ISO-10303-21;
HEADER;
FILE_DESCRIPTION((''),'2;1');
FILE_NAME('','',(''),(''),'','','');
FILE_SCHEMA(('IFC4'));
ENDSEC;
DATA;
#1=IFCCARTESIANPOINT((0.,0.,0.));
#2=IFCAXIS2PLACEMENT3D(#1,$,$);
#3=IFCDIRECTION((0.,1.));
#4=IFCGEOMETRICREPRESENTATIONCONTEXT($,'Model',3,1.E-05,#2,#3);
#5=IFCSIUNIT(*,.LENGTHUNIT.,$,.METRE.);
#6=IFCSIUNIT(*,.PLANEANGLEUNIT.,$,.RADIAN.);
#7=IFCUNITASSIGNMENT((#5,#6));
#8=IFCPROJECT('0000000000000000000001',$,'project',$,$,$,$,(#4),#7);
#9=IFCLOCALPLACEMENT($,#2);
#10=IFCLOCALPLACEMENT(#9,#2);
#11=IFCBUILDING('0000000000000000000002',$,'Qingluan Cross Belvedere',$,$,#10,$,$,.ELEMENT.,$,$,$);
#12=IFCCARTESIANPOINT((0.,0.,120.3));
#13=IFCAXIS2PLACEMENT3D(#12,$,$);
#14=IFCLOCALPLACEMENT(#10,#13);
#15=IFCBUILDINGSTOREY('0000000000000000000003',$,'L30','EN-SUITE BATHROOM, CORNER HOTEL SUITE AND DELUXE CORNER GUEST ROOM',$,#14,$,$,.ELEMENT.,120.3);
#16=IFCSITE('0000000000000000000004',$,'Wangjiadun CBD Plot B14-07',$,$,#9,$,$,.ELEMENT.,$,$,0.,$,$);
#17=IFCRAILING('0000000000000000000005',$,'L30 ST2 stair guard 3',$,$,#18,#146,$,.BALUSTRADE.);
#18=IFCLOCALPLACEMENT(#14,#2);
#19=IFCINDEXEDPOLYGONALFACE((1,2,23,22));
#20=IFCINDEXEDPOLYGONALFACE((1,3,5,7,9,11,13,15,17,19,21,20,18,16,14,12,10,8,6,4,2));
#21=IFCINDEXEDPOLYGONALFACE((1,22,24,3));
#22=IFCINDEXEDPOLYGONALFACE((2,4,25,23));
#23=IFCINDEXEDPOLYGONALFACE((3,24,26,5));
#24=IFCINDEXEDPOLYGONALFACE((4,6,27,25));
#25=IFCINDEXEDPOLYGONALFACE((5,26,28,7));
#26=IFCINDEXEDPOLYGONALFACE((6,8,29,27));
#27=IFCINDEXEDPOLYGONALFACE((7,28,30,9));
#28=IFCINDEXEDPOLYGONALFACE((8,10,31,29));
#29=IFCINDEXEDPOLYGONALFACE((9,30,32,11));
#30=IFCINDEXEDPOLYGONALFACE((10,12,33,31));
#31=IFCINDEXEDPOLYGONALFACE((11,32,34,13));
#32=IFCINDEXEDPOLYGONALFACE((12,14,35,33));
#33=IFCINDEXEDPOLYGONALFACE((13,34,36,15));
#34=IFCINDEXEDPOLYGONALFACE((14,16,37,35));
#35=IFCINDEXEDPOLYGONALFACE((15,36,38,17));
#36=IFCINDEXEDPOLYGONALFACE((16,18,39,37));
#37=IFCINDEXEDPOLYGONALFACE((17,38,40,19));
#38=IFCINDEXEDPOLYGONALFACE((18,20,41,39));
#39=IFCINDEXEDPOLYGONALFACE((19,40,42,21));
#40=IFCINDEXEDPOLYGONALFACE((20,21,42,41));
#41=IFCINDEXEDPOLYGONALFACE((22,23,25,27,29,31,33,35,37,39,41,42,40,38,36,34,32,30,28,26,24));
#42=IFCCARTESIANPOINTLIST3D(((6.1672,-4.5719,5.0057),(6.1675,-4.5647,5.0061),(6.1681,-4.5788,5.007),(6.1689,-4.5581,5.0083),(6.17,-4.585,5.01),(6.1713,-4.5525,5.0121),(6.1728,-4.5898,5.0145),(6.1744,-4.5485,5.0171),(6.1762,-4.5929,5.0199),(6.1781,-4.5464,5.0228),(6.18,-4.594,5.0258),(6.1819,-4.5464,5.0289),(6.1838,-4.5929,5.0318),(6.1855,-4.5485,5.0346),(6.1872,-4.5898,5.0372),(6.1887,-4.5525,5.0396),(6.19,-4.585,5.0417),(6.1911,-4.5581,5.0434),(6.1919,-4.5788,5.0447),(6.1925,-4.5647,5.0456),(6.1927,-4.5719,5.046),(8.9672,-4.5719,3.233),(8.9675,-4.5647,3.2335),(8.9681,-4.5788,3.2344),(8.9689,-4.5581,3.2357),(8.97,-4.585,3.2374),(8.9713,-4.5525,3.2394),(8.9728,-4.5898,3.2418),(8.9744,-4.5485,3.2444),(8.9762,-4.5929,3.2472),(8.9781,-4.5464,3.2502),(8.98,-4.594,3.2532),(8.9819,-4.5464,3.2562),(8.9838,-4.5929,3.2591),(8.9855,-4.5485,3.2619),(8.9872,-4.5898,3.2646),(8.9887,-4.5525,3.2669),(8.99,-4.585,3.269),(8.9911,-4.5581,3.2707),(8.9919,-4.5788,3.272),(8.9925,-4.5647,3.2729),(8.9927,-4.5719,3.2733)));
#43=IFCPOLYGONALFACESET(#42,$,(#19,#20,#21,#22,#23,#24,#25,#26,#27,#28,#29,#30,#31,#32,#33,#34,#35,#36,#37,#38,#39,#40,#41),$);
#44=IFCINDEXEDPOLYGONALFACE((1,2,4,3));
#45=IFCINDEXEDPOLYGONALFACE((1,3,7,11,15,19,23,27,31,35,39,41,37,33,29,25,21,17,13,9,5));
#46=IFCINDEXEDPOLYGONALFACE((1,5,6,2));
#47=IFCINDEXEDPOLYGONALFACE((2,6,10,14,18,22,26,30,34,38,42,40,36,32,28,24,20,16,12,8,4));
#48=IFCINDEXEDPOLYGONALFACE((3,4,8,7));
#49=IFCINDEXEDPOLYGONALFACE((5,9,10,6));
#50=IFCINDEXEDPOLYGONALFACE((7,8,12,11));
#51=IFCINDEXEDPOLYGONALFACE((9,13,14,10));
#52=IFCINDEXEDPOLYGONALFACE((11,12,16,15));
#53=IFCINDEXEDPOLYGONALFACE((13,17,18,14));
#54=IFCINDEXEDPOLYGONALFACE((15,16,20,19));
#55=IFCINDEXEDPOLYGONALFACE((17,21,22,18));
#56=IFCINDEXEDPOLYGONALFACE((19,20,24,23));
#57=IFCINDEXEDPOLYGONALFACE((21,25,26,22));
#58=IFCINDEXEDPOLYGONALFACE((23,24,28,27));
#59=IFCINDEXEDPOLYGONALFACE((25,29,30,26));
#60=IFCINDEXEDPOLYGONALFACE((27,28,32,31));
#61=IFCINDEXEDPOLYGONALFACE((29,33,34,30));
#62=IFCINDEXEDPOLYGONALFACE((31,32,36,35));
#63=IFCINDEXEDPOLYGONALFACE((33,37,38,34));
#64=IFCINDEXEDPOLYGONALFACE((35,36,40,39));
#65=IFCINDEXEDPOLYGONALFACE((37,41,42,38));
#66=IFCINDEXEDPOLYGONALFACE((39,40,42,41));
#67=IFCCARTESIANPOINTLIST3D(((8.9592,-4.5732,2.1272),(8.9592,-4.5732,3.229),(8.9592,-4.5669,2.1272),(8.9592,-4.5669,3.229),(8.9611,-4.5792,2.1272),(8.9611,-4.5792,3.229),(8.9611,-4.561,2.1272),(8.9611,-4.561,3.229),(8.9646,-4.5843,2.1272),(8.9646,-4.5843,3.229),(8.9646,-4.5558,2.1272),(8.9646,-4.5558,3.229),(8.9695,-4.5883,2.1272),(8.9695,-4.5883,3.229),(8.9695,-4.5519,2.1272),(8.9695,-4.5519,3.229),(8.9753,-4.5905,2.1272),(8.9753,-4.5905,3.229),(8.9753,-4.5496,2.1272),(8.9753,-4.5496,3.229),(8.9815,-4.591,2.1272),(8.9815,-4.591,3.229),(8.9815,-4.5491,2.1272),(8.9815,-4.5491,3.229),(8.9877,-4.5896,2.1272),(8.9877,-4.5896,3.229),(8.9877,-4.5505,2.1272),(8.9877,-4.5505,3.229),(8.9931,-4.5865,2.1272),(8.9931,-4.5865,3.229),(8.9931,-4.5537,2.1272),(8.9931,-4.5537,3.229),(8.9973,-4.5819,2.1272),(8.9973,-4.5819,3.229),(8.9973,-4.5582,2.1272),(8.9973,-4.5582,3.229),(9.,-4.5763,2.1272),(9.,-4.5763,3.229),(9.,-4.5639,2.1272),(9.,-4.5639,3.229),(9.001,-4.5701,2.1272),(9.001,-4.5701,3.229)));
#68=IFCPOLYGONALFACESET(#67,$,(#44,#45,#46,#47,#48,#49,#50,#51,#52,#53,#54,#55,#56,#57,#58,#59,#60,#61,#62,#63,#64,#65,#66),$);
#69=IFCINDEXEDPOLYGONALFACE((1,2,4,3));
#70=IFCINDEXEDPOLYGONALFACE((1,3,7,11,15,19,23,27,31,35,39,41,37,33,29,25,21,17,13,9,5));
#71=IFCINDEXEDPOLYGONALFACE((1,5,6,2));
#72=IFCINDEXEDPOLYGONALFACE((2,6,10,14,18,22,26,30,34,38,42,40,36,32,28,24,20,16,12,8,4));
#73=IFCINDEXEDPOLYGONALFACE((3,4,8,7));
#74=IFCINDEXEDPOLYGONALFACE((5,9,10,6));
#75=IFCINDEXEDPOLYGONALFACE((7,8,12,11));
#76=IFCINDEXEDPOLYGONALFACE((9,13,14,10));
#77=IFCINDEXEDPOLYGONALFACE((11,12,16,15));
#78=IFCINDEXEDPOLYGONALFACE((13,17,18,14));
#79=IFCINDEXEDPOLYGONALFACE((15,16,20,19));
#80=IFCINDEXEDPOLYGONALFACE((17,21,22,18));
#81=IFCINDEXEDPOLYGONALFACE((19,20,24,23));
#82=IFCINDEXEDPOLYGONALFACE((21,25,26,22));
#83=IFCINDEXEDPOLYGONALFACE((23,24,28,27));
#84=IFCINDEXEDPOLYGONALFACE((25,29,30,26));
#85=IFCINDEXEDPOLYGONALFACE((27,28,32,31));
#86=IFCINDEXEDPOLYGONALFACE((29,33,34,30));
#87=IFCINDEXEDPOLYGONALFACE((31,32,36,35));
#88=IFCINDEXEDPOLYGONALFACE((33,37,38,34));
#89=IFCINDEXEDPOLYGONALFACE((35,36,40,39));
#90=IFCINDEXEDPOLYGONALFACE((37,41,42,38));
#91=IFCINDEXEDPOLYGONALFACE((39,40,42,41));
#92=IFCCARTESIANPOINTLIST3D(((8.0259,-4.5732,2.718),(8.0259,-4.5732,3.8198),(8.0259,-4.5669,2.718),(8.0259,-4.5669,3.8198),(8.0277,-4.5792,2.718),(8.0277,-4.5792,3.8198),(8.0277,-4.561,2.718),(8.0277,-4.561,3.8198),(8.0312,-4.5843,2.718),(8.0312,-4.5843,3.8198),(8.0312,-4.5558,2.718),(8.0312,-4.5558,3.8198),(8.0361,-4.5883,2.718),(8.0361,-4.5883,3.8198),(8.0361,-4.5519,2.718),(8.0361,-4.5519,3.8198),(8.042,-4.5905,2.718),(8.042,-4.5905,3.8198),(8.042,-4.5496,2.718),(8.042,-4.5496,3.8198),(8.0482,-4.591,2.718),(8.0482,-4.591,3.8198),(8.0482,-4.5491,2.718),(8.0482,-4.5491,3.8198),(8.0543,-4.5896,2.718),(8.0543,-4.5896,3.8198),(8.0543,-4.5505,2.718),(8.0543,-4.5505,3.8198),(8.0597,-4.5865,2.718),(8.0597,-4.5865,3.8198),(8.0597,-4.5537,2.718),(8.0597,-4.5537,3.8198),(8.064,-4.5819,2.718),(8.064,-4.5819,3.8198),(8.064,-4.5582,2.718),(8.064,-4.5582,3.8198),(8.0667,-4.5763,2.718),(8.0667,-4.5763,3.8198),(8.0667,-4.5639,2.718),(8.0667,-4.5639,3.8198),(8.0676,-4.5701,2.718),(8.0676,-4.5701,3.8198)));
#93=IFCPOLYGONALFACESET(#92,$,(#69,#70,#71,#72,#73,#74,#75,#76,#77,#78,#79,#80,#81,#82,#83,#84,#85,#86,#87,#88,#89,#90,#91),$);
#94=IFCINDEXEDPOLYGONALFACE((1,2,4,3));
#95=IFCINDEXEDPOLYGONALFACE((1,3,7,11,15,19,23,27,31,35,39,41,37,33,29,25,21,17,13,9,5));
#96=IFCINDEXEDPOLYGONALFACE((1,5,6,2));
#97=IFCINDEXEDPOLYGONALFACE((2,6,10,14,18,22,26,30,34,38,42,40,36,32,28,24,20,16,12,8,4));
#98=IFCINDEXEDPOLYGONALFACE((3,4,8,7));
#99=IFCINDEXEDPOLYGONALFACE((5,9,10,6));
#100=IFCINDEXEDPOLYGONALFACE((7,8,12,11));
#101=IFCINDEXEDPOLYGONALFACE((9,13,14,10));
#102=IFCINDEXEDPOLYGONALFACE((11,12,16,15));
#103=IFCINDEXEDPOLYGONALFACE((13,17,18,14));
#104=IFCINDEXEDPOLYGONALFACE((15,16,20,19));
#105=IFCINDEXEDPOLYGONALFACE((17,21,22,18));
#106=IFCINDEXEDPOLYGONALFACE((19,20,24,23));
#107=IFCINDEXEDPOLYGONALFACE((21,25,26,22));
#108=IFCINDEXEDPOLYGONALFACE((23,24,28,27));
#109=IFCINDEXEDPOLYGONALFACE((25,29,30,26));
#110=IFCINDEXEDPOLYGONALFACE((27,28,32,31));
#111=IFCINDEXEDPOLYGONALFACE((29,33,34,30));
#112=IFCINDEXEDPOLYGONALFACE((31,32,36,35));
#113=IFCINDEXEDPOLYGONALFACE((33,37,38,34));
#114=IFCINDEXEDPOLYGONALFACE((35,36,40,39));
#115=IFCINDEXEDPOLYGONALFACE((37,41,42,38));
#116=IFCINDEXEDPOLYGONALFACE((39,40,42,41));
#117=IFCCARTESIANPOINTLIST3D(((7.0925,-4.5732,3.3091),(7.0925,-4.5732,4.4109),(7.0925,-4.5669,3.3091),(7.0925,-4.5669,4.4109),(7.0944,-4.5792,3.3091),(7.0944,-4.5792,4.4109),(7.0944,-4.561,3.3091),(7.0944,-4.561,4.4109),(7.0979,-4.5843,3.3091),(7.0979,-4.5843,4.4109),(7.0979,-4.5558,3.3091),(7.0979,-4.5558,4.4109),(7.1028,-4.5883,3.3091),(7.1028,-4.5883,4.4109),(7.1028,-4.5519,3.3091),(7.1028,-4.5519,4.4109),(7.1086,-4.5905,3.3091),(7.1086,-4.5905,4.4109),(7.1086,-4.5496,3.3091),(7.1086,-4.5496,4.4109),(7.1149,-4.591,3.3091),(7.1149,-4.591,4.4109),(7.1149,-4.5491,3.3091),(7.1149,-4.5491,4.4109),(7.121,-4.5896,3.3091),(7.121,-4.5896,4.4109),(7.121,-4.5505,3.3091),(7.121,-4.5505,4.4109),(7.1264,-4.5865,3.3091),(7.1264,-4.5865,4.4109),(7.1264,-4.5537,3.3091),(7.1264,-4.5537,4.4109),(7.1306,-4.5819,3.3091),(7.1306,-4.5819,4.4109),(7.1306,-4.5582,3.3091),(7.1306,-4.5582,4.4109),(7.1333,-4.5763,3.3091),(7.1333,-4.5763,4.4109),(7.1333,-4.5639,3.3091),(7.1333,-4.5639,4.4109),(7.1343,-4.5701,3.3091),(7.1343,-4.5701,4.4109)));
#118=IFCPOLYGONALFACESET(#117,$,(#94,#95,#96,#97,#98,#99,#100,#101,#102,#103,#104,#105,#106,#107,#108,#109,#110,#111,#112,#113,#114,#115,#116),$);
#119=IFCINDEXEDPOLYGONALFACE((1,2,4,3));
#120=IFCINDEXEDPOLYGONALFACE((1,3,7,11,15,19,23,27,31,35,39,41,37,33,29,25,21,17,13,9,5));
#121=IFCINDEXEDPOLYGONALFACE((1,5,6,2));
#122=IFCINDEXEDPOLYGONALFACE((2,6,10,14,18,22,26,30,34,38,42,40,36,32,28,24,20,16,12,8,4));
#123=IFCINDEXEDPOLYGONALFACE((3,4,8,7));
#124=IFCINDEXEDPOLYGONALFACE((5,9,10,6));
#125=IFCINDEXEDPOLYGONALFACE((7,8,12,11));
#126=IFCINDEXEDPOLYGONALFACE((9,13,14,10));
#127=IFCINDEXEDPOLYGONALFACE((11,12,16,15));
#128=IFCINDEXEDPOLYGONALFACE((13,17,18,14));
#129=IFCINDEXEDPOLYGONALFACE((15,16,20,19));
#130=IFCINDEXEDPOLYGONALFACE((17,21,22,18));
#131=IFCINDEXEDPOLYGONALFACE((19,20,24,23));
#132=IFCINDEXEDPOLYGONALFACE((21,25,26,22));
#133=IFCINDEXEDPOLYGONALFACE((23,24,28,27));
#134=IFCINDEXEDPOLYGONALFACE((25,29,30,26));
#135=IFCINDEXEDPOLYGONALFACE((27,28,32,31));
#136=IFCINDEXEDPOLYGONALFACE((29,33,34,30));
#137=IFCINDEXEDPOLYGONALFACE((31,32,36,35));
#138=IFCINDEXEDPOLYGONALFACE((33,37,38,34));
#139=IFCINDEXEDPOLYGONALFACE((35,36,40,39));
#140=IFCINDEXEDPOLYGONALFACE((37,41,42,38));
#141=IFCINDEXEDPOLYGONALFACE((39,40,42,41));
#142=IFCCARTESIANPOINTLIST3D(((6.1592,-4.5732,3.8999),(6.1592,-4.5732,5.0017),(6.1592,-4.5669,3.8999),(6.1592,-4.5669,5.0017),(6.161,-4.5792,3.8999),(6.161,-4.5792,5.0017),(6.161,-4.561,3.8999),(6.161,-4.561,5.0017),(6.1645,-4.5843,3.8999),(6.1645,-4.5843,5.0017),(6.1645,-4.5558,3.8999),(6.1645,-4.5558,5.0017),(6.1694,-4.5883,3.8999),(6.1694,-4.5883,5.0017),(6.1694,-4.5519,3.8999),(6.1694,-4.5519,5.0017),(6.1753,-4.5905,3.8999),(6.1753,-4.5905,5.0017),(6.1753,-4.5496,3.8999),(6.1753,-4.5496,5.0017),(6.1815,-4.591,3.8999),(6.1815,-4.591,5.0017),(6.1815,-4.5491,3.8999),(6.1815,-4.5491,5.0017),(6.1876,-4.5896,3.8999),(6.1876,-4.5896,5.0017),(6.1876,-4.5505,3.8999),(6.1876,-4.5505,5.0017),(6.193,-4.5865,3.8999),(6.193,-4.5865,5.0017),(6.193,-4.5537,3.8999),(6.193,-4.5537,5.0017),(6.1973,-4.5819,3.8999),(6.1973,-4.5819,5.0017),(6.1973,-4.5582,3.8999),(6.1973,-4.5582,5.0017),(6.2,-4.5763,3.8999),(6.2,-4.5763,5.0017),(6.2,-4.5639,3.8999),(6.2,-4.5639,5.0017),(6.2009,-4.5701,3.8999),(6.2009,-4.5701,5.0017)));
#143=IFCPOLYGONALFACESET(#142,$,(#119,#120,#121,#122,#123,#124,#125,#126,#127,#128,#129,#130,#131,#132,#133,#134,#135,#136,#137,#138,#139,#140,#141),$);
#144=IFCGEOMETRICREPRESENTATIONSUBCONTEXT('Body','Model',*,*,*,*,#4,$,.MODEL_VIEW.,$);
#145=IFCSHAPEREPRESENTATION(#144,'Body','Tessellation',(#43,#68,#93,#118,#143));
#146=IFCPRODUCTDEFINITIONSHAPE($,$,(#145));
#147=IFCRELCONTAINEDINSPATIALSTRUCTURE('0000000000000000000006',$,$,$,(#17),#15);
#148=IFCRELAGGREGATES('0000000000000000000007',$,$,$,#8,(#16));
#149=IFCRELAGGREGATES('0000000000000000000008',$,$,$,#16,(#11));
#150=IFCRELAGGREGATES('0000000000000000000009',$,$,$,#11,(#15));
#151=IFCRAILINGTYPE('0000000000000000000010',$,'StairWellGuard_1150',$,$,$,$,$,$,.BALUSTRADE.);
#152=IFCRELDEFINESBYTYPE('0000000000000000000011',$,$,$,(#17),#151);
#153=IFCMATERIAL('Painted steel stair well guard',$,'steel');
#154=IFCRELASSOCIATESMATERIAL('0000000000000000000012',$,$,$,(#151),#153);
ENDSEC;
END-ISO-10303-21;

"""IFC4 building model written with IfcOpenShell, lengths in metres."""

from ifc_helpers import new_model, si_unit, direction, frame, origin, origin_2d, place, context, subcontext, project, spatial, circle, extrude, material, type_object, element, save


model = new_model("IFC4")

# Units and contexts
model_context = context("Model", 3, precision=1e-05, world=origin(), true_north=direction((0.0, 1.0)))
body_context = subcontext(model_context, "Body", "Model", "MODEL_VIEW")
ifc_project = project(units=[si_unit("LENGTHUNIT", "METRE"), si_unit("PLANEANGLEUNIT", "RADIAN")], contexts=[model_context])

# Site, building, storey
site_placement = place(None, origin())
site = spatial("IfcSite", under=ifc_project, at=site_placement, Name="Wangjiadun CBD Plot B14-07", CompositionType="ELEMENT", RefElevation=0.0)
building_placement = place(site_placement, origin())
building = spatial("IfcBuilding", under=site, at=building_placement, Name="Qingluan Cross Belvedere", CompositionType="ELEMENT")
storey_placement = place(building_placement, frame((0.0, 0.0, 120.3)))
storey = spatial("IfcBuildingStorey", under=building, at=storey_placement, Name="L30", Description="EN-SUITE BATHROOM, CORNER HOTEL SUITE AND DELUXE CORNER GUEST ROOM", CompositionType="ELEMENT", Elevation=120.3)

# Railing
ifc_material_1 = material(Name="Painted steel stair well guard", Category="steel")
railing_type_1 = type_object("IfcRailingType", Name="StairWellGuard_1150", PredefinedType="BALUSTRADE", material=ifc_material_1)
railing_1_placement = place(storey_placement, frame((8.98, -4.5701, 2.1272)))
element("IfcRailing", 1, at=railing_1_placement, inside=storey, type_object=railing_type_1, Name="L30 ST2 stair guard 3", PredefinedType="BALUSTRADE", context=body_context, shape_type="SweptSolid", body=[
    extrude(circle(Radius=0.0239, at=origin_2d()), frame((0.0, 0.0, 1.126), z_axis=(-0.844909, 0.0, 0.53491), x_axis=(0.0, -1.0, 0.0)), (0.0, 0.0, 1.0), 3.314),
    extrude(circle(Radius=0.021, at=origin_2d()), origin(), (0.0, 0.0, 1.0), 1.1018),
    extrude(circle(Radius=0.021, at=origin_2d()), frame((-0.9333, 0.0, 0.5908)), (0.0, 0.0, 1.0), 1.1018),
    extrude(circle(Radius=0.021, at=origin_2d()), frame((-1.8667, 0.0, 1.1819)), (0.0, 0.0, 1.0), 1.1018),
    extrude(circle(Radius=0.021, at=origin_2d()), frame((-2.8, 0.0, 1.7727)), (0.0, 0.0, 1.0), 1.1018),
])

save(model, "model.ifc")
